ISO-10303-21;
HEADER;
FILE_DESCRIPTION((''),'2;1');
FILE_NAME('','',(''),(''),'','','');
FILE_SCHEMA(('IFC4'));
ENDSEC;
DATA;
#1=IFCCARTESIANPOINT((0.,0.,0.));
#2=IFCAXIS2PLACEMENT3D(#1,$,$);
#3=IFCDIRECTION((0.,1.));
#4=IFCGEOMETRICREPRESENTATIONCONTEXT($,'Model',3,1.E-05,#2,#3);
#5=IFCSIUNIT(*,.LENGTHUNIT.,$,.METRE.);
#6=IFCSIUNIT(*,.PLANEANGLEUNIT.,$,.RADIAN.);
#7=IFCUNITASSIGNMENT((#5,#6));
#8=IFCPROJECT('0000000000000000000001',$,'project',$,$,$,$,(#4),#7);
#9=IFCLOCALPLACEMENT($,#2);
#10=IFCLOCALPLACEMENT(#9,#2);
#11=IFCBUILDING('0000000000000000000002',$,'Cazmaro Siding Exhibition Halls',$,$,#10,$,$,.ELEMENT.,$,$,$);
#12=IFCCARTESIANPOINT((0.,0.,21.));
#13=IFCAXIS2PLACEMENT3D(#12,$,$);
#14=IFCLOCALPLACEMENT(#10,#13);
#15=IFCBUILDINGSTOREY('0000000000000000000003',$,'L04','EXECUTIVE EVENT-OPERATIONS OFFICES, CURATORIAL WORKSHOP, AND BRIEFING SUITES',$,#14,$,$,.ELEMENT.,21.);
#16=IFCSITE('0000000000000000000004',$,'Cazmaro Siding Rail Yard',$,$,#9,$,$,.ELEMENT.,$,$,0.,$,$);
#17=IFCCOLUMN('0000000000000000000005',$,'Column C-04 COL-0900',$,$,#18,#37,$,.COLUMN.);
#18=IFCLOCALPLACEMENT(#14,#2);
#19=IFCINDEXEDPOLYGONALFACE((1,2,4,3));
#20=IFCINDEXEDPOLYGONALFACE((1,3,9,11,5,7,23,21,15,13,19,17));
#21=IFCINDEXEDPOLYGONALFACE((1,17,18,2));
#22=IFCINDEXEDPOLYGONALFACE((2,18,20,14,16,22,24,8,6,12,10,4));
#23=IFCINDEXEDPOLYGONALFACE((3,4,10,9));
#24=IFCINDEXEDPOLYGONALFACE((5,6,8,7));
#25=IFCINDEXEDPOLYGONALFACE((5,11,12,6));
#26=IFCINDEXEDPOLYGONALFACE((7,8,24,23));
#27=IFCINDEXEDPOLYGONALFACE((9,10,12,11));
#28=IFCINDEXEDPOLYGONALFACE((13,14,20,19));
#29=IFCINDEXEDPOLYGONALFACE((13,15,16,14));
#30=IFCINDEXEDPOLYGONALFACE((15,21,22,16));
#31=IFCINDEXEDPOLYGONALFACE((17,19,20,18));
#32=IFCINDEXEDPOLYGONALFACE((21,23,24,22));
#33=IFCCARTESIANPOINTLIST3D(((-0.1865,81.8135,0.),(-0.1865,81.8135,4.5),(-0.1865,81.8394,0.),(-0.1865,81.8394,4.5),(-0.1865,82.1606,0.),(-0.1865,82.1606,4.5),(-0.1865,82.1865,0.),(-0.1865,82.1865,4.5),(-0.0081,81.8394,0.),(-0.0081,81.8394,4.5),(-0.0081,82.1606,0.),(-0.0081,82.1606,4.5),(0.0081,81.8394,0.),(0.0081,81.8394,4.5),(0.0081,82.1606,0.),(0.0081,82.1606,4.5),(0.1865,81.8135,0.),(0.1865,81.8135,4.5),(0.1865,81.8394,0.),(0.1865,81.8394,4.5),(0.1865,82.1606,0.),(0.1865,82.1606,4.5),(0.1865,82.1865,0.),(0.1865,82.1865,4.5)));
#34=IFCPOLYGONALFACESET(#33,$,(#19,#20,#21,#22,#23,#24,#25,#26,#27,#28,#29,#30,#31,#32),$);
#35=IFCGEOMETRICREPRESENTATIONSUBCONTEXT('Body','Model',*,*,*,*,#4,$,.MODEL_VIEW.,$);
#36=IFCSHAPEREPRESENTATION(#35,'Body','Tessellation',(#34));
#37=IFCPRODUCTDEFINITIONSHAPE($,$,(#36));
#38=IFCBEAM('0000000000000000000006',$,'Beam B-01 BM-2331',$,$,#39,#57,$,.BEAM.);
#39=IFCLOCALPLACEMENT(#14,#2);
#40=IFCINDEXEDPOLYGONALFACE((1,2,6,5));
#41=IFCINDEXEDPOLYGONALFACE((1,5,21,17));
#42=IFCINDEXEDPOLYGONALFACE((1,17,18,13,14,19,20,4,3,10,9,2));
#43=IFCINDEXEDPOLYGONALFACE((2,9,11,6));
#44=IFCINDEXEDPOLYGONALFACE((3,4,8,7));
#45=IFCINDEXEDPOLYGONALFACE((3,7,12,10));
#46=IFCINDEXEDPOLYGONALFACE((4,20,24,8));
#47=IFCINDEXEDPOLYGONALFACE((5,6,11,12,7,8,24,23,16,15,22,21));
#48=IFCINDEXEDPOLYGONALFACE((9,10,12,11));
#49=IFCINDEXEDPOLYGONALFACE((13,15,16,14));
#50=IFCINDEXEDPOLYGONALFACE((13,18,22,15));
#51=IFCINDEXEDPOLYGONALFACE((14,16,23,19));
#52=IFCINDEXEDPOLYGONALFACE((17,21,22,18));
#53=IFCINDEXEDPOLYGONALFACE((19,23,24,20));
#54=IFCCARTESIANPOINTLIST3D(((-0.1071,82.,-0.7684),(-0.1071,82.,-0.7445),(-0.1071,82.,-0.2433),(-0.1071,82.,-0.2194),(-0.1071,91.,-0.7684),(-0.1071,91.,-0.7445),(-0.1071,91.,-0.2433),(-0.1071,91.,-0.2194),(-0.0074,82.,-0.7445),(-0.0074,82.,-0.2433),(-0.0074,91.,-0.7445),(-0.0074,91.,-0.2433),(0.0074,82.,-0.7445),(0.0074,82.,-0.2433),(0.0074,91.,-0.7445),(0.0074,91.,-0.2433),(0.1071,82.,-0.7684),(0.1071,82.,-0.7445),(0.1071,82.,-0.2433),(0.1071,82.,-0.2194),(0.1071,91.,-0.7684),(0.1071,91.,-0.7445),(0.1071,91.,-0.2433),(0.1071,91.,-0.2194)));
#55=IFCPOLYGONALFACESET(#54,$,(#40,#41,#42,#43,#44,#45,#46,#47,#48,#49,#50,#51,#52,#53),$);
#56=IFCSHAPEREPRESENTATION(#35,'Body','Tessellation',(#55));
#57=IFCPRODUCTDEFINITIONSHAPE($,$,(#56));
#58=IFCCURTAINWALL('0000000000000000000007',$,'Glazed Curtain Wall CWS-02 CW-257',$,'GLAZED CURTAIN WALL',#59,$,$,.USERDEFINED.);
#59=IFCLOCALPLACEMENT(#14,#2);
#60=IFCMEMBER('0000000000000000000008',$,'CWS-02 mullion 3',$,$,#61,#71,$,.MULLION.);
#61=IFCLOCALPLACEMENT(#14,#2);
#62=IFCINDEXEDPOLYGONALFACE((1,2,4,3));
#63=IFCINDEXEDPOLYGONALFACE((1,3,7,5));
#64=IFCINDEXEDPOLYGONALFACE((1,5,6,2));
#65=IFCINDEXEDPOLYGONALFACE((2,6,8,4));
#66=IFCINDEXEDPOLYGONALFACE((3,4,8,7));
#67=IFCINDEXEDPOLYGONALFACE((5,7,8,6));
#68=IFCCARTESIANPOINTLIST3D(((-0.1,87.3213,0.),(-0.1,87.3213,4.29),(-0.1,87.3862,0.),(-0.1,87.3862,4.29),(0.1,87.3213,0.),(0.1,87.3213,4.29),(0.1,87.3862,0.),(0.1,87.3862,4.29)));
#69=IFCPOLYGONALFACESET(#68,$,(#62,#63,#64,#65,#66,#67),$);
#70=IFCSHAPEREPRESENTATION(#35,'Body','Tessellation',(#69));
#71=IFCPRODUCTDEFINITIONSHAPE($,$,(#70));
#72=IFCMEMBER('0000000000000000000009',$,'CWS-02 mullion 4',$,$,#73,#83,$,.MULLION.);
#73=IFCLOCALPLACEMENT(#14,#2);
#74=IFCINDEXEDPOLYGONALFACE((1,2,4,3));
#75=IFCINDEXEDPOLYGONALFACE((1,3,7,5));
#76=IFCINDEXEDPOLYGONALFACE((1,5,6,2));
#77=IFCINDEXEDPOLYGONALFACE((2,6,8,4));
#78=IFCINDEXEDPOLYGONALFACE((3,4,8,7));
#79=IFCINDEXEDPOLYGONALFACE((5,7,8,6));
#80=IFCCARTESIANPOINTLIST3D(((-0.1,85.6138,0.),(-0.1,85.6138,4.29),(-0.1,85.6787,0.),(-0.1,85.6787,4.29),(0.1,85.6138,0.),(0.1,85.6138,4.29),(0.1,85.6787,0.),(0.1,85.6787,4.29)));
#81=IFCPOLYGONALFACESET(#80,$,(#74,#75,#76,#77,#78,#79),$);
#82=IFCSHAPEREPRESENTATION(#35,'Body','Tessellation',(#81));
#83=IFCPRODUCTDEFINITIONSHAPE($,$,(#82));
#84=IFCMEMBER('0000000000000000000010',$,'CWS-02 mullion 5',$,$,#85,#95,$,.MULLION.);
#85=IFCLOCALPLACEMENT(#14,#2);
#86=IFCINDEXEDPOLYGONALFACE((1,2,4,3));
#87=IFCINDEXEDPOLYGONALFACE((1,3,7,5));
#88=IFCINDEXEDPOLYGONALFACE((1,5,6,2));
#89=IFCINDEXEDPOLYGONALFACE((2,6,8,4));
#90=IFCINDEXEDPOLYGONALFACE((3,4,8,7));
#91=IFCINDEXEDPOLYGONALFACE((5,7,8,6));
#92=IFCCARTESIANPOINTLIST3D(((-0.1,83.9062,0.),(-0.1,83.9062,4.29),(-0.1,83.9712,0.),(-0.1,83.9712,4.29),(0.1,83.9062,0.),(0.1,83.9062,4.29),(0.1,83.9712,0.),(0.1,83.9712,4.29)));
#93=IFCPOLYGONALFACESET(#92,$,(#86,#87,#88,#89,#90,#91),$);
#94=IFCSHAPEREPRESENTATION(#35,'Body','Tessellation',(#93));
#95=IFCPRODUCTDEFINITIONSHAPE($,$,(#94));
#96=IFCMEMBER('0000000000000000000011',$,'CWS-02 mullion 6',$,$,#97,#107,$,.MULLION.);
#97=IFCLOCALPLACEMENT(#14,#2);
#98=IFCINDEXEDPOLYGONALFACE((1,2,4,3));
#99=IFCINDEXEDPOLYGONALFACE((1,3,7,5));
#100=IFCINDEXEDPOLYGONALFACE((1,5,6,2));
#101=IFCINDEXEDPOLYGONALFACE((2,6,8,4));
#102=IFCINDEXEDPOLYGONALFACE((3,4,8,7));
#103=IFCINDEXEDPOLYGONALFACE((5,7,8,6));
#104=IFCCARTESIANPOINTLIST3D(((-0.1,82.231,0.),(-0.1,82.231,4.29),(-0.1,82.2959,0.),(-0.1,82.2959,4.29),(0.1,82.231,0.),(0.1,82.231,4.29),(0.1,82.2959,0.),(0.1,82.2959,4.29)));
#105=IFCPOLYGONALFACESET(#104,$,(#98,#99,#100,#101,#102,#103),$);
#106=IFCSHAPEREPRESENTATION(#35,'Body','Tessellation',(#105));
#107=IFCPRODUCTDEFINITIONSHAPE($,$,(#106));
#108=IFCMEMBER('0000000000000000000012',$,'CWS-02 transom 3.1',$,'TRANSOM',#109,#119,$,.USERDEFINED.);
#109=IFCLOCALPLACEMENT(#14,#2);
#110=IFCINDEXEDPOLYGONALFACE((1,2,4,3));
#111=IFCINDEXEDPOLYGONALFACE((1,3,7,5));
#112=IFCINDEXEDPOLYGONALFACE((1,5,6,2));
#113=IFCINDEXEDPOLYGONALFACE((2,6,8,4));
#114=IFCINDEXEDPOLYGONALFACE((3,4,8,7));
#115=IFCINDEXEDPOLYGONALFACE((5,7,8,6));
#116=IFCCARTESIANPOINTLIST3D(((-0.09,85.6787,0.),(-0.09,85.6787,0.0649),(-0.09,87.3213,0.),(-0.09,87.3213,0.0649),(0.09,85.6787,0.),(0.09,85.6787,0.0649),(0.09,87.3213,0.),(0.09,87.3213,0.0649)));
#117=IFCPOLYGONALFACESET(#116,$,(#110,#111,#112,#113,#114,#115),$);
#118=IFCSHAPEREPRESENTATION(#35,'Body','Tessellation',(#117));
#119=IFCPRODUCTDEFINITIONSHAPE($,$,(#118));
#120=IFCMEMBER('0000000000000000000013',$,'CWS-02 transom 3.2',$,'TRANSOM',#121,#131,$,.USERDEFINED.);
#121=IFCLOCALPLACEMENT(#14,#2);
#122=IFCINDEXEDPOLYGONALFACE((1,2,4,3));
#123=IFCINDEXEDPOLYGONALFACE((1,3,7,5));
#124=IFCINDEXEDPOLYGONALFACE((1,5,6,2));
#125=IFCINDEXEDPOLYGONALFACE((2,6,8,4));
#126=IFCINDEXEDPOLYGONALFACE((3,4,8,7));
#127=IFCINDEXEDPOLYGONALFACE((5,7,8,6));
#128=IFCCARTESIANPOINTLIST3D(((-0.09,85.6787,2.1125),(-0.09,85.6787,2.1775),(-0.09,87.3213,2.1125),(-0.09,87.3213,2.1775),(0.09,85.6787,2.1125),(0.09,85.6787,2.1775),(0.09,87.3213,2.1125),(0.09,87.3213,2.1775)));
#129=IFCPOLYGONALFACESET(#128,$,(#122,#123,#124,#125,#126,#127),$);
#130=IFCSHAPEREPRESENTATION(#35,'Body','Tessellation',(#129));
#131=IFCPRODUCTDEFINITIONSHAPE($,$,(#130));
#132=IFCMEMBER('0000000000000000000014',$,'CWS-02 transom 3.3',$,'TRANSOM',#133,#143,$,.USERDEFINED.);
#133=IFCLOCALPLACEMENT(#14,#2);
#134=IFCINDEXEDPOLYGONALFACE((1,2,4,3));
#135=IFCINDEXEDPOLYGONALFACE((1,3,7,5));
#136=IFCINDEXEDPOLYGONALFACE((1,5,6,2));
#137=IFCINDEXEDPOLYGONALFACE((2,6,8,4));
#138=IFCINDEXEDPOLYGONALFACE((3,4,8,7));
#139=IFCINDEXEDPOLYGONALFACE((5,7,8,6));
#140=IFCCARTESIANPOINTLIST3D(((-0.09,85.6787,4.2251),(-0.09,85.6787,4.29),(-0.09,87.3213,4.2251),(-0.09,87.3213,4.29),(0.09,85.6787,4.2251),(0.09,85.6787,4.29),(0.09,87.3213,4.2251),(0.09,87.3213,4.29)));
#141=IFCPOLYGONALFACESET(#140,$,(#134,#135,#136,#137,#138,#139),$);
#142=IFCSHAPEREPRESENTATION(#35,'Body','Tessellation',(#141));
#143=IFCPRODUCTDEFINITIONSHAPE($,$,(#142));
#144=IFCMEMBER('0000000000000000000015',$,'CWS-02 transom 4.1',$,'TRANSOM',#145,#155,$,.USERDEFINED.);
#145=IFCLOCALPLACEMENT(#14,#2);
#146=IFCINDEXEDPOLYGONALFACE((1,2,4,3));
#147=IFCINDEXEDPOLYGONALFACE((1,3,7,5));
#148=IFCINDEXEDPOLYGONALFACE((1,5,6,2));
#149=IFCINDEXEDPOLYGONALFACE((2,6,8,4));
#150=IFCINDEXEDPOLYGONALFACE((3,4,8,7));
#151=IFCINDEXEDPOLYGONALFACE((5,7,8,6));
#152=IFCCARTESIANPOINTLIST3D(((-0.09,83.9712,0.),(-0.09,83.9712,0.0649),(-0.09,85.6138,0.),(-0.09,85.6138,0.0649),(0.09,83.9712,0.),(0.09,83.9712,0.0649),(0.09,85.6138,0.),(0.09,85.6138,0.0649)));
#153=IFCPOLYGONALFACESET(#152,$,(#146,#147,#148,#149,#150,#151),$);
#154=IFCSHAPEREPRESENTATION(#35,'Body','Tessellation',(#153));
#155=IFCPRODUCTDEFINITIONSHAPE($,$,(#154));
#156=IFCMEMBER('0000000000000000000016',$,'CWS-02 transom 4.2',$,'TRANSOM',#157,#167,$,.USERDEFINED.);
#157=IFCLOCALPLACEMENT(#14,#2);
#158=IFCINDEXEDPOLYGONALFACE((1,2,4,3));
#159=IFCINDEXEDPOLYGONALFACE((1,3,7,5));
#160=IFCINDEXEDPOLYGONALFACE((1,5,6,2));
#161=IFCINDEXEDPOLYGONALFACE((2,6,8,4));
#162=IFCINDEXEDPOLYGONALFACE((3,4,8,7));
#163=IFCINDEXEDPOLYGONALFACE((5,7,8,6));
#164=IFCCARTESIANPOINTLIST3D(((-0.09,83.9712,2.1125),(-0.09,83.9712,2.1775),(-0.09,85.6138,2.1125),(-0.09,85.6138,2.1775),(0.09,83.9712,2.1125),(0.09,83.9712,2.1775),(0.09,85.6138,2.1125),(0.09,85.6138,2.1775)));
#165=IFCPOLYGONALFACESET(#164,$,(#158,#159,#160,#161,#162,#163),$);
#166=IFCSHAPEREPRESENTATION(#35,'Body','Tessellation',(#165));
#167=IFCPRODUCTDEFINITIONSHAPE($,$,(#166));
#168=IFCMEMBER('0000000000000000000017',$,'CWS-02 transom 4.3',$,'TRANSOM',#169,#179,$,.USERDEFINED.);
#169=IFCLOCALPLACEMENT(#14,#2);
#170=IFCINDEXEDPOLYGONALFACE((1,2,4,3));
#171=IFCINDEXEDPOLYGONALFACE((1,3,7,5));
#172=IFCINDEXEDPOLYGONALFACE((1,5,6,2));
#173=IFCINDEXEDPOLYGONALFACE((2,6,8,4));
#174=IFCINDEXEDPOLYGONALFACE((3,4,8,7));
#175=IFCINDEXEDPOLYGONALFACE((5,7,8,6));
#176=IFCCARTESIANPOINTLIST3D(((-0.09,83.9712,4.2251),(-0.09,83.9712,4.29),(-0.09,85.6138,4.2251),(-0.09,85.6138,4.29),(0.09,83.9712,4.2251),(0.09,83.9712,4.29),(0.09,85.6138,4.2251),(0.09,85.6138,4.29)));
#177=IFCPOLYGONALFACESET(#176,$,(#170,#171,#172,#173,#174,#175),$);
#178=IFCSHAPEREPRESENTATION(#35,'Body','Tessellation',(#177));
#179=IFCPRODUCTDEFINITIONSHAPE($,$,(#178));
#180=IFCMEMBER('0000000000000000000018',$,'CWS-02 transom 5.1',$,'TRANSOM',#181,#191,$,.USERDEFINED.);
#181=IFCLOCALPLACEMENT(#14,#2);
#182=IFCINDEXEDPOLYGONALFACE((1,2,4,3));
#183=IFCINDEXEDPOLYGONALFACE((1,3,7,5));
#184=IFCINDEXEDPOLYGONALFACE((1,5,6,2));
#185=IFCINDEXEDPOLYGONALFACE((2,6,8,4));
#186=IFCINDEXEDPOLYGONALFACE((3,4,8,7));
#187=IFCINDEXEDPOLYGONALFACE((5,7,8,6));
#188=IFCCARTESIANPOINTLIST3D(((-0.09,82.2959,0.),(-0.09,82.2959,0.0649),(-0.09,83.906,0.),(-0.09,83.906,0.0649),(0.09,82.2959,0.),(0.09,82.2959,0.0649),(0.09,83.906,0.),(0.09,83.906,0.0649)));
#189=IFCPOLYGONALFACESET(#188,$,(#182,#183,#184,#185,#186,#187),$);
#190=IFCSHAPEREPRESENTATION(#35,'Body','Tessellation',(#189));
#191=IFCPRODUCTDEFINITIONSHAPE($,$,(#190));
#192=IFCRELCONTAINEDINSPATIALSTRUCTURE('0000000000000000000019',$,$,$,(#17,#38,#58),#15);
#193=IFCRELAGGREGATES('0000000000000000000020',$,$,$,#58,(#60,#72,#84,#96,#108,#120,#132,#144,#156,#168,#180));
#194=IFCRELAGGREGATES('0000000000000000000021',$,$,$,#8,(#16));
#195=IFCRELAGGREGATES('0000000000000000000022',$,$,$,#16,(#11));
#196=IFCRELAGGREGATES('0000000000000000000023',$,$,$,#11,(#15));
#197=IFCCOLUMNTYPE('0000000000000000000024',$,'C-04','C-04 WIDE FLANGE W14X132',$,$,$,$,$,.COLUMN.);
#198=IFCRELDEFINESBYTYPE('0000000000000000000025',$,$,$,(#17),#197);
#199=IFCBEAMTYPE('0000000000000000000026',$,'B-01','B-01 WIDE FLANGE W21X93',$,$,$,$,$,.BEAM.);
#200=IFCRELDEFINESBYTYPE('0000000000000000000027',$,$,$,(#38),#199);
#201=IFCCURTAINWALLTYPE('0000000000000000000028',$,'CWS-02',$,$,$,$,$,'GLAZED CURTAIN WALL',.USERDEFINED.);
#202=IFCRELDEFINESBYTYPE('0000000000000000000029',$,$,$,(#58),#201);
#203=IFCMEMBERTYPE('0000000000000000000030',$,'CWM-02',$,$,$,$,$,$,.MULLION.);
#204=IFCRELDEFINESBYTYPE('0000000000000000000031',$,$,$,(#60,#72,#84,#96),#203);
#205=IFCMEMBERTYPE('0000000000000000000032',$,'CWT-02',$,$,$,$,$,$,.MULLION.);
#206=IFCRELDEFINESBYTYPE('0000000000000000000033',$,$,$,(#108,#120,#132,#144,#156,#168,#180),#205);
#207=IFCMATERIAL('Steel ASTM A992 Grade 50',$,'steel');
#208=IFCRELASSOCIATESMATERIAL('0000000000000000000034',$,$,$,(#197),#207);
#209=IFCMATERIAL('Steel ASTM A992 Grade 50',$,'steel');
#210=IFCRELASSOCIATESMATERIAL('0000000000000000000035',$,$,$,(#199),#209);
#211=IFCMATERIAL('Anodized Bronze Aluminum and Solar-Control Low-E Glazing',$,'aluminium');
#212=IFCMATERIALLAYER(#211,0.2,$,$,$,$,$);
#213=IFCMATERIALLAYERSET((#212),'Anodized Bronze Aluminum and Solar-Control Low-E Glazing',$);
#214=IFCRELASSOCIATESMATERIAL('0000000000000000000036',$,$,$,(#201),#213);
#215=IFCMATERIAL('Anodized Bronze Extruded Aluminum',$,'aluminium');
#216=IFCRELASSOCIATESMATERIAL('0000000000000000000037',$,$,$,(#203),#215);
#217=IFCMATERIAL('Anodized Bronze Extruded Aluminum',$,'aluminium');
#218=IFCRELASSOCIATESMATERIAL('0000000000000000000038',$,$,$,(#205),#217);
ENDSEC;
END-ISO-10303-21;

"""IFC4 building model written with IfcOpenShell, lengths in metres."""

from ifc_helpers import new_model, si_unit, direction, frame, origin, origin_2d, place, context, subcontext, project, spatial, rectangle, i_section, extrude, material, layer, layer_set, material_profile, profile_set, type_object, element, aggregate, save


model = new_model("IFC4")

# Units and contexts
model_context = context("Model", 3, precision=1e-05, world=origin(), true_north=direction((0.0, 1.0)))
body_context = subcontext(model_context, "Body", "Model", "MODEL_VIEW")
ifc_project = project(units=[si_unit("LENGTHUNIT", "METRE"), si_unit("PLANEANGLEUNIT", "RADIAN")], contexts=[model_context])

# Site, building, storey
site_placement = place(None, origin())
site = spatial("IfcSite", under=ifc_project, at=site_placement, Name="Cazmaro Siding Rail Yard", CompositionType="ELEMENT", RefElevation=0.0)
building_placement = place(site_placement, origin())
building = spatial("IfcBuilding", under=site, at=building_placement, Name="Cazmaro Siding Exhibition Halls", CompositionType="ELEMENT")
storey_placement = place(building_placement, frame((0.0, 0.0, 21.0)))
storey = spatial("IfcBuildingStorey", under=building, at=storey_placement, Name="L04", Description="EXECUTIVE EVENT-OPERATIONS OFFICES, CURATORIAL WORKSHOP, AND BRIEFING SUITES", CompositionType="ELEMENT", Elevation=21.0)

# Column
ifc_material_1 = material(Name="Steel ASTM A992 Grade 50", Category="steel")
ifc_material_profile_1 = material_profile(ifc_material_1, i_section(OverallWidth=0.373, OverallDepth=0.373, WebThickness=0.0161, FlangeThickness=0.0259, at=origin_2d()), Name="W14X132")
ifc_profile_set_1 = profile_set([ifc_material_profile_1], Name="Steel ASTM A992 Grade 50")
column_type = type_object("IfcColumnType", Name="C-04", Description="C-04 WIDE FLANGE W14X132", PredefinedType="COLUMN", material=ifc_profile_set_1)
column_placement = place(storey_placement, frame((0.0, 82.0, 0.0), z_axis=(0.0, 0.0, 1.0), x_axis=(1.0, 0.0, 0.0)))
element("IfcColumn", 1, at=column_placement, inside=storey, type_object=column_type, Name="Column C-04 COL-0900", PredefinedType="COLUMN", context=body_context, shape_type="SweptSolid", body=[
    extrude(i_section(OverallWidth=0.373, OverallDepth=0.373, WebThickness=0.0161, FlangeThickness=0.0259, at=origin_2d()), origin(), (0.0, 0.0, 1.0), 4.5),
])

# Beam
ifc_material_2 = material(Name="Steel ASTM A992 Grade 50", Category="steel")
ifc_material_profile_2 = material_profile(ifc_material_2, i_section(OverallWidth=0.2141, OverallDepth=0.5491, WebThickness=0.0149, FlangeThickness=0.0239, at=origin_2d()), Name="W21X93")
ifc_profile_set_2 = profile_set([ifc_material_profile_2], Name="Steel ASTM A992 Grade 50")
beam_type_1 = type_object("IfcBeamType", Name="B-01", Description="B-01 WIDE FLANGE W21X93", PredefinedType="BEAM", material=ifc_profile_set_2)
beam_1_placement = place(storey_placement, frame((0.0, 82.0, -0.4939), z_axis=(0.0, 1.0, 0.0), x_axis=(-1.0, 0.0, 0.0)))
element("IfcBeam", 2, at=beam_1_placement, inside=storey, type_object=beam_type_1, Name="Beam B-01 BM-2331", PredefinedType="BEAM", context=body_context, shape_type="SweptSolid", body=[
    extrude(i_section(OverallWidth=0.2141, OverallDepth=0.5491, WebThickness=0.0149, FlangeThickness=0.0239, at=origin_2d()), origin(), (0.0, 0.0, 1.0), 9.0),
])

# Curtain wall, members
ifc_material_3 = material(Name="Anodized Bronze Aluminum and Solar-Control Low-E Glazing", Category="aluminium")
ifc_layer_1 = layer(ifc_material_3, 0.2)
ifc_layer_set_1 = layer_set([ifc_layer_1], Name="Anodized Bronze Aluminum and Solar-Control Low-E Glazing")
curtain_wall_type = type_object("IfcCurtainWallType", Name="CWS-02", ElementType="GLAZED CURTAIN WALL", PredefinedType="USERDEFINED", material=ifc_layer_set_1)
curtain_wall_placement = place(storey_placement, origin())
curtain_wall = element("IfcCurtainWall", 3, at=curtain_wall_placement, inside=storey, type_object=curtain_wall_type, Name="Glazed Curtain Wall CWS-02 CW-257", ObjectType="GLAZED CURTAIN WALL", PredefinedType="USERDEFINED")
ifc_material_4 = material(Name="Anodized Bronze Extruded Aluminum", Category="aluminium")
ifc_material_profile_3 = material_profile(ifc_material_4, rectangle(XDim=0.2, YDim=0.0649, at=origin_2d()), Name="CWM-02")
ifc_profile_set_3 = profile_set([ifc_material_profile_3], Name="Anodized Bronze Extruded Aluminum")
member_type_1 = type_object("IfcMemberType", Name="CWM-02", PredefinedType="MULLION", material=ifc_profile_set_3)
member_1_placement = place(storey_placement, frame((0.0, 87.3538, 0.0), z_axis=(0.0, 0.0, 1.0), x_axis=(1.0, 0.0, 0.0)))
member_1 = element("IfcMember", 4, at=member_1_placement, type_object=member_type_1, Name="CWS-02 mullion 3", PredefinedType="MULLION", context=body_context, shape_type="SweptSolid", body=[
    extrude(rectangle(XDim=0.2, YDim=0.0649, at=origin_2d()), origin(), (0.0, 0.0, 1.0), 4.29),
])
member_2_placement = place(storey_placement, frame((0.0, 85.6462, 0.0), z_axis=(0.0, 0.0, 1.0), x_axis=(1.0, 0.0, 0.0)))
member_2 = element("IfcMember", 5, at=member_2_placement, type_object=member_type_1, Name="CWS-02 mullion 4", PredefinedType="MULLION", context=body_context, shape_type="SweptSolid", body=[
    extrude(rectangle(XDim=0.2, YDim=0.0649, at=origin_2d()), origin(), (0.0, 0.0, 1.0), 4.29),
])
member_3_placement = place(storey_placement, frame((0.0, 83.9387, 0.0), z_axis=(0.0, 0.0, 1.0), x_axis=(1.0, 0.0, 0.0)))
member_3 = element("IfcMember", 6, at=member_3_placement, type_object=member_type_1, Name="CWS-02 mullion 5", PredefinedType="MULLION", context=body_context, shape_type="SweptSolid", body=[
    extrude(rectangle(XDim=0.2, YDim=0.0649, at=origin_2d()), origin(), (0.0, 0.0, 1.0), 4.29),
])
member_4_placement = place(storey_placement, frame((0.0, 82.2634, 0.0), z_axis=(0.0, 0.0, 1.0), x_axis=(1.0, 0.0, 0.0)))
member_4 = element("IfcMember", 7, at=member_4_placement, type_object=member_type_1, Name="CWS-02 mullion 6", PredefinedType="MULLION", context=body_context, shape_type="SweptSolid", body=[
    extrude(rectangle(XDim=0.2, YDim=0.0649, at=origin_2d()), origin(), (0.0, 0.0, 1.0), 4.29),
])
ifc_material_5 = material(Name="Anodized Bronze Extruded Aluminum", Category="aluminium")
ifc_material_profile_4 = material_profile(ifc_material_5, rectangle(XDim=0.1799, YDim=0.0649, at=origin_2d()), Name="CWT-02")
ifc_profile_set_4 = profile_set([ifc_material_profile_4], Name="Anodized Bronze Extruded Aluminum")
member_type_2 = type_object("IfcMemberType", Name="CWT-02", PredefinedType="MULLION", material=ifc_profile_set_4)
member_5_placement = place(storey_placement, frame((0.0, 87.3213, 0.0325), z_axis=(0.0, -1.0, 0.0), x_axis=(1.0, 0.0, 0.0)))
member_5 = element("IfcMember", 8, at=member_5_placement, type_object=member_type_2, Name="CWS-02 transom 3.1", ObjectType="TRANSOM", PredefinedType="USERDEFINED", context=body_context, shape_type="SweptSolid", body=[
    extrude(rectangle(XDim=0.1799, YDim=0.0649, at=origin_2d()), origin(), (0.0, 0.0, 1.0), 1.6426),
])
member_6_placement = place(storey_placement, frame((0.0, 87.3213, 2.145), z_axis=(0.0, -1.0, 0.0), x_axis=(1.0, 0.0, 0.0)))
member_6 = element("IfcMember", 9, at=member_6_placement, type_object=member_type_2, Name="CWS-02 transom 3.2", ObjectType="TRANSOM", PredefinedType="USERDEFINED", context=body_context, shape_type="SweptSolid", body=[
    extrude(rectangle(XDim=0.1799, YDim=0.0649, at=origin_2d()), origin(), (0.0, 0.0, 1.0), 1.6426),
])
member_7_placement = place(storey_placement, frame((0.0, 87.3213, 4.2576), z_axis=(0.0, -1.0, 0.0), x_axis=(1.0, 0.0, 0.0)))
member_7 = element("IfcMember", 10, at=member_7_placement, type_object=member_type_2, Name="CWS-02 transom 3.3", ObjectType="TRANSOM", PredefinedType="USERDEFINED", context=body_context, shape_type="SweptSolid", body=[
    extrude(rectangle(XDim=0.1799, YDim=0.0649, at=origin_2d()), origin(), (0.0, 0.0, 1.0), 1.6426),
])
member_8_placement = place(storey_placement, frame((0.0, 85.6138, 0.0325), z_axis=(0.0, -1.0, 0.0), x_axis=(1.0, 0.0, 0.0)))
member_8 = element("IfcMember", 11, at=member_8_placement, type_object=member_type_2, Name="CWS-02 transom 4.1", ObjectType="TRANSOM", PredefinedType="USERDEFINED", context=body_context, shape_type="SweptSolid", body=[
    extrude(rectangle(XDim=0.1799, YDim=0.0649, at=origin_2d()), origin(), (0.0, 0.0, 1.0), 1.6426),
])
member_9_placement = place(storey_placement, frame((0.0, 85.6138, 2.145), z_axis=(0.0, -1.0, 0.0), x_axis=(1.0, 0.0, 0.0)))
member_9 = element("IfcMember", 12, at=member_9_placement, type_object=member_type_2, Name="CWS-02 transom 4.2", ObjectType="TRANSOM", PredefinedType="USERDEFINED", context=body_context, shape_type="SweptSolid", body=[
    extrude(rectangle(XDim=0.1799, YDim=0.0649, at=origin_2d()), origin(), (0.0, 0.0, 1.0), 1.6426),
])
member_10_placement = place(storey_placement, frame((0.0, 85.6138, 4.2576), z_axis=(0.0, -1.0, 0.0), x_axis=(1.0, 0.0, 0.0)))
member_10 = element("IfcMember", 13, at=member_10_placement, type_object=member_type_2, Name="CWS-02 transom 4.3", ObjectType="TRANSOM", PredefinedType="USERDEFINED", context=body_context, shape_type="SweptSolid", body=[
    extrude(rectangle(XDim=0.1799, YDim=0.0649, at=origin_2d()), origin(), (0.0, 0.0, 1.0), 1.6426),
])
member_11_placement = place(storey_placement, frame((0.0, 83.906, 0.0325), z_axis=(0.0, -1.0, 0.0), x_axis=(1.0, 0.0, 0.0)))
member_11 = element("IfcMember", 14, at=member_11_placement, type_object=member_type_2, Name="CWS-02 transom 5.1", ObjectType="TRANSOM", PredefinedType="USERDEFINED", context=body_context, shape_type="SweptSolid", body=[
    extrude(rectangle(XDim=0.1799, YDim=0.0649, at=origin_2d()), origin(), (0.0, 0.0, 1.0), 1.6101),
])

aggregate(curtain_wall, [member_1, member_2, member_3, member_4, member_5, member_6, member_7, member_8, member_9, member_10, member_11])

save(model, "model.ifc")
